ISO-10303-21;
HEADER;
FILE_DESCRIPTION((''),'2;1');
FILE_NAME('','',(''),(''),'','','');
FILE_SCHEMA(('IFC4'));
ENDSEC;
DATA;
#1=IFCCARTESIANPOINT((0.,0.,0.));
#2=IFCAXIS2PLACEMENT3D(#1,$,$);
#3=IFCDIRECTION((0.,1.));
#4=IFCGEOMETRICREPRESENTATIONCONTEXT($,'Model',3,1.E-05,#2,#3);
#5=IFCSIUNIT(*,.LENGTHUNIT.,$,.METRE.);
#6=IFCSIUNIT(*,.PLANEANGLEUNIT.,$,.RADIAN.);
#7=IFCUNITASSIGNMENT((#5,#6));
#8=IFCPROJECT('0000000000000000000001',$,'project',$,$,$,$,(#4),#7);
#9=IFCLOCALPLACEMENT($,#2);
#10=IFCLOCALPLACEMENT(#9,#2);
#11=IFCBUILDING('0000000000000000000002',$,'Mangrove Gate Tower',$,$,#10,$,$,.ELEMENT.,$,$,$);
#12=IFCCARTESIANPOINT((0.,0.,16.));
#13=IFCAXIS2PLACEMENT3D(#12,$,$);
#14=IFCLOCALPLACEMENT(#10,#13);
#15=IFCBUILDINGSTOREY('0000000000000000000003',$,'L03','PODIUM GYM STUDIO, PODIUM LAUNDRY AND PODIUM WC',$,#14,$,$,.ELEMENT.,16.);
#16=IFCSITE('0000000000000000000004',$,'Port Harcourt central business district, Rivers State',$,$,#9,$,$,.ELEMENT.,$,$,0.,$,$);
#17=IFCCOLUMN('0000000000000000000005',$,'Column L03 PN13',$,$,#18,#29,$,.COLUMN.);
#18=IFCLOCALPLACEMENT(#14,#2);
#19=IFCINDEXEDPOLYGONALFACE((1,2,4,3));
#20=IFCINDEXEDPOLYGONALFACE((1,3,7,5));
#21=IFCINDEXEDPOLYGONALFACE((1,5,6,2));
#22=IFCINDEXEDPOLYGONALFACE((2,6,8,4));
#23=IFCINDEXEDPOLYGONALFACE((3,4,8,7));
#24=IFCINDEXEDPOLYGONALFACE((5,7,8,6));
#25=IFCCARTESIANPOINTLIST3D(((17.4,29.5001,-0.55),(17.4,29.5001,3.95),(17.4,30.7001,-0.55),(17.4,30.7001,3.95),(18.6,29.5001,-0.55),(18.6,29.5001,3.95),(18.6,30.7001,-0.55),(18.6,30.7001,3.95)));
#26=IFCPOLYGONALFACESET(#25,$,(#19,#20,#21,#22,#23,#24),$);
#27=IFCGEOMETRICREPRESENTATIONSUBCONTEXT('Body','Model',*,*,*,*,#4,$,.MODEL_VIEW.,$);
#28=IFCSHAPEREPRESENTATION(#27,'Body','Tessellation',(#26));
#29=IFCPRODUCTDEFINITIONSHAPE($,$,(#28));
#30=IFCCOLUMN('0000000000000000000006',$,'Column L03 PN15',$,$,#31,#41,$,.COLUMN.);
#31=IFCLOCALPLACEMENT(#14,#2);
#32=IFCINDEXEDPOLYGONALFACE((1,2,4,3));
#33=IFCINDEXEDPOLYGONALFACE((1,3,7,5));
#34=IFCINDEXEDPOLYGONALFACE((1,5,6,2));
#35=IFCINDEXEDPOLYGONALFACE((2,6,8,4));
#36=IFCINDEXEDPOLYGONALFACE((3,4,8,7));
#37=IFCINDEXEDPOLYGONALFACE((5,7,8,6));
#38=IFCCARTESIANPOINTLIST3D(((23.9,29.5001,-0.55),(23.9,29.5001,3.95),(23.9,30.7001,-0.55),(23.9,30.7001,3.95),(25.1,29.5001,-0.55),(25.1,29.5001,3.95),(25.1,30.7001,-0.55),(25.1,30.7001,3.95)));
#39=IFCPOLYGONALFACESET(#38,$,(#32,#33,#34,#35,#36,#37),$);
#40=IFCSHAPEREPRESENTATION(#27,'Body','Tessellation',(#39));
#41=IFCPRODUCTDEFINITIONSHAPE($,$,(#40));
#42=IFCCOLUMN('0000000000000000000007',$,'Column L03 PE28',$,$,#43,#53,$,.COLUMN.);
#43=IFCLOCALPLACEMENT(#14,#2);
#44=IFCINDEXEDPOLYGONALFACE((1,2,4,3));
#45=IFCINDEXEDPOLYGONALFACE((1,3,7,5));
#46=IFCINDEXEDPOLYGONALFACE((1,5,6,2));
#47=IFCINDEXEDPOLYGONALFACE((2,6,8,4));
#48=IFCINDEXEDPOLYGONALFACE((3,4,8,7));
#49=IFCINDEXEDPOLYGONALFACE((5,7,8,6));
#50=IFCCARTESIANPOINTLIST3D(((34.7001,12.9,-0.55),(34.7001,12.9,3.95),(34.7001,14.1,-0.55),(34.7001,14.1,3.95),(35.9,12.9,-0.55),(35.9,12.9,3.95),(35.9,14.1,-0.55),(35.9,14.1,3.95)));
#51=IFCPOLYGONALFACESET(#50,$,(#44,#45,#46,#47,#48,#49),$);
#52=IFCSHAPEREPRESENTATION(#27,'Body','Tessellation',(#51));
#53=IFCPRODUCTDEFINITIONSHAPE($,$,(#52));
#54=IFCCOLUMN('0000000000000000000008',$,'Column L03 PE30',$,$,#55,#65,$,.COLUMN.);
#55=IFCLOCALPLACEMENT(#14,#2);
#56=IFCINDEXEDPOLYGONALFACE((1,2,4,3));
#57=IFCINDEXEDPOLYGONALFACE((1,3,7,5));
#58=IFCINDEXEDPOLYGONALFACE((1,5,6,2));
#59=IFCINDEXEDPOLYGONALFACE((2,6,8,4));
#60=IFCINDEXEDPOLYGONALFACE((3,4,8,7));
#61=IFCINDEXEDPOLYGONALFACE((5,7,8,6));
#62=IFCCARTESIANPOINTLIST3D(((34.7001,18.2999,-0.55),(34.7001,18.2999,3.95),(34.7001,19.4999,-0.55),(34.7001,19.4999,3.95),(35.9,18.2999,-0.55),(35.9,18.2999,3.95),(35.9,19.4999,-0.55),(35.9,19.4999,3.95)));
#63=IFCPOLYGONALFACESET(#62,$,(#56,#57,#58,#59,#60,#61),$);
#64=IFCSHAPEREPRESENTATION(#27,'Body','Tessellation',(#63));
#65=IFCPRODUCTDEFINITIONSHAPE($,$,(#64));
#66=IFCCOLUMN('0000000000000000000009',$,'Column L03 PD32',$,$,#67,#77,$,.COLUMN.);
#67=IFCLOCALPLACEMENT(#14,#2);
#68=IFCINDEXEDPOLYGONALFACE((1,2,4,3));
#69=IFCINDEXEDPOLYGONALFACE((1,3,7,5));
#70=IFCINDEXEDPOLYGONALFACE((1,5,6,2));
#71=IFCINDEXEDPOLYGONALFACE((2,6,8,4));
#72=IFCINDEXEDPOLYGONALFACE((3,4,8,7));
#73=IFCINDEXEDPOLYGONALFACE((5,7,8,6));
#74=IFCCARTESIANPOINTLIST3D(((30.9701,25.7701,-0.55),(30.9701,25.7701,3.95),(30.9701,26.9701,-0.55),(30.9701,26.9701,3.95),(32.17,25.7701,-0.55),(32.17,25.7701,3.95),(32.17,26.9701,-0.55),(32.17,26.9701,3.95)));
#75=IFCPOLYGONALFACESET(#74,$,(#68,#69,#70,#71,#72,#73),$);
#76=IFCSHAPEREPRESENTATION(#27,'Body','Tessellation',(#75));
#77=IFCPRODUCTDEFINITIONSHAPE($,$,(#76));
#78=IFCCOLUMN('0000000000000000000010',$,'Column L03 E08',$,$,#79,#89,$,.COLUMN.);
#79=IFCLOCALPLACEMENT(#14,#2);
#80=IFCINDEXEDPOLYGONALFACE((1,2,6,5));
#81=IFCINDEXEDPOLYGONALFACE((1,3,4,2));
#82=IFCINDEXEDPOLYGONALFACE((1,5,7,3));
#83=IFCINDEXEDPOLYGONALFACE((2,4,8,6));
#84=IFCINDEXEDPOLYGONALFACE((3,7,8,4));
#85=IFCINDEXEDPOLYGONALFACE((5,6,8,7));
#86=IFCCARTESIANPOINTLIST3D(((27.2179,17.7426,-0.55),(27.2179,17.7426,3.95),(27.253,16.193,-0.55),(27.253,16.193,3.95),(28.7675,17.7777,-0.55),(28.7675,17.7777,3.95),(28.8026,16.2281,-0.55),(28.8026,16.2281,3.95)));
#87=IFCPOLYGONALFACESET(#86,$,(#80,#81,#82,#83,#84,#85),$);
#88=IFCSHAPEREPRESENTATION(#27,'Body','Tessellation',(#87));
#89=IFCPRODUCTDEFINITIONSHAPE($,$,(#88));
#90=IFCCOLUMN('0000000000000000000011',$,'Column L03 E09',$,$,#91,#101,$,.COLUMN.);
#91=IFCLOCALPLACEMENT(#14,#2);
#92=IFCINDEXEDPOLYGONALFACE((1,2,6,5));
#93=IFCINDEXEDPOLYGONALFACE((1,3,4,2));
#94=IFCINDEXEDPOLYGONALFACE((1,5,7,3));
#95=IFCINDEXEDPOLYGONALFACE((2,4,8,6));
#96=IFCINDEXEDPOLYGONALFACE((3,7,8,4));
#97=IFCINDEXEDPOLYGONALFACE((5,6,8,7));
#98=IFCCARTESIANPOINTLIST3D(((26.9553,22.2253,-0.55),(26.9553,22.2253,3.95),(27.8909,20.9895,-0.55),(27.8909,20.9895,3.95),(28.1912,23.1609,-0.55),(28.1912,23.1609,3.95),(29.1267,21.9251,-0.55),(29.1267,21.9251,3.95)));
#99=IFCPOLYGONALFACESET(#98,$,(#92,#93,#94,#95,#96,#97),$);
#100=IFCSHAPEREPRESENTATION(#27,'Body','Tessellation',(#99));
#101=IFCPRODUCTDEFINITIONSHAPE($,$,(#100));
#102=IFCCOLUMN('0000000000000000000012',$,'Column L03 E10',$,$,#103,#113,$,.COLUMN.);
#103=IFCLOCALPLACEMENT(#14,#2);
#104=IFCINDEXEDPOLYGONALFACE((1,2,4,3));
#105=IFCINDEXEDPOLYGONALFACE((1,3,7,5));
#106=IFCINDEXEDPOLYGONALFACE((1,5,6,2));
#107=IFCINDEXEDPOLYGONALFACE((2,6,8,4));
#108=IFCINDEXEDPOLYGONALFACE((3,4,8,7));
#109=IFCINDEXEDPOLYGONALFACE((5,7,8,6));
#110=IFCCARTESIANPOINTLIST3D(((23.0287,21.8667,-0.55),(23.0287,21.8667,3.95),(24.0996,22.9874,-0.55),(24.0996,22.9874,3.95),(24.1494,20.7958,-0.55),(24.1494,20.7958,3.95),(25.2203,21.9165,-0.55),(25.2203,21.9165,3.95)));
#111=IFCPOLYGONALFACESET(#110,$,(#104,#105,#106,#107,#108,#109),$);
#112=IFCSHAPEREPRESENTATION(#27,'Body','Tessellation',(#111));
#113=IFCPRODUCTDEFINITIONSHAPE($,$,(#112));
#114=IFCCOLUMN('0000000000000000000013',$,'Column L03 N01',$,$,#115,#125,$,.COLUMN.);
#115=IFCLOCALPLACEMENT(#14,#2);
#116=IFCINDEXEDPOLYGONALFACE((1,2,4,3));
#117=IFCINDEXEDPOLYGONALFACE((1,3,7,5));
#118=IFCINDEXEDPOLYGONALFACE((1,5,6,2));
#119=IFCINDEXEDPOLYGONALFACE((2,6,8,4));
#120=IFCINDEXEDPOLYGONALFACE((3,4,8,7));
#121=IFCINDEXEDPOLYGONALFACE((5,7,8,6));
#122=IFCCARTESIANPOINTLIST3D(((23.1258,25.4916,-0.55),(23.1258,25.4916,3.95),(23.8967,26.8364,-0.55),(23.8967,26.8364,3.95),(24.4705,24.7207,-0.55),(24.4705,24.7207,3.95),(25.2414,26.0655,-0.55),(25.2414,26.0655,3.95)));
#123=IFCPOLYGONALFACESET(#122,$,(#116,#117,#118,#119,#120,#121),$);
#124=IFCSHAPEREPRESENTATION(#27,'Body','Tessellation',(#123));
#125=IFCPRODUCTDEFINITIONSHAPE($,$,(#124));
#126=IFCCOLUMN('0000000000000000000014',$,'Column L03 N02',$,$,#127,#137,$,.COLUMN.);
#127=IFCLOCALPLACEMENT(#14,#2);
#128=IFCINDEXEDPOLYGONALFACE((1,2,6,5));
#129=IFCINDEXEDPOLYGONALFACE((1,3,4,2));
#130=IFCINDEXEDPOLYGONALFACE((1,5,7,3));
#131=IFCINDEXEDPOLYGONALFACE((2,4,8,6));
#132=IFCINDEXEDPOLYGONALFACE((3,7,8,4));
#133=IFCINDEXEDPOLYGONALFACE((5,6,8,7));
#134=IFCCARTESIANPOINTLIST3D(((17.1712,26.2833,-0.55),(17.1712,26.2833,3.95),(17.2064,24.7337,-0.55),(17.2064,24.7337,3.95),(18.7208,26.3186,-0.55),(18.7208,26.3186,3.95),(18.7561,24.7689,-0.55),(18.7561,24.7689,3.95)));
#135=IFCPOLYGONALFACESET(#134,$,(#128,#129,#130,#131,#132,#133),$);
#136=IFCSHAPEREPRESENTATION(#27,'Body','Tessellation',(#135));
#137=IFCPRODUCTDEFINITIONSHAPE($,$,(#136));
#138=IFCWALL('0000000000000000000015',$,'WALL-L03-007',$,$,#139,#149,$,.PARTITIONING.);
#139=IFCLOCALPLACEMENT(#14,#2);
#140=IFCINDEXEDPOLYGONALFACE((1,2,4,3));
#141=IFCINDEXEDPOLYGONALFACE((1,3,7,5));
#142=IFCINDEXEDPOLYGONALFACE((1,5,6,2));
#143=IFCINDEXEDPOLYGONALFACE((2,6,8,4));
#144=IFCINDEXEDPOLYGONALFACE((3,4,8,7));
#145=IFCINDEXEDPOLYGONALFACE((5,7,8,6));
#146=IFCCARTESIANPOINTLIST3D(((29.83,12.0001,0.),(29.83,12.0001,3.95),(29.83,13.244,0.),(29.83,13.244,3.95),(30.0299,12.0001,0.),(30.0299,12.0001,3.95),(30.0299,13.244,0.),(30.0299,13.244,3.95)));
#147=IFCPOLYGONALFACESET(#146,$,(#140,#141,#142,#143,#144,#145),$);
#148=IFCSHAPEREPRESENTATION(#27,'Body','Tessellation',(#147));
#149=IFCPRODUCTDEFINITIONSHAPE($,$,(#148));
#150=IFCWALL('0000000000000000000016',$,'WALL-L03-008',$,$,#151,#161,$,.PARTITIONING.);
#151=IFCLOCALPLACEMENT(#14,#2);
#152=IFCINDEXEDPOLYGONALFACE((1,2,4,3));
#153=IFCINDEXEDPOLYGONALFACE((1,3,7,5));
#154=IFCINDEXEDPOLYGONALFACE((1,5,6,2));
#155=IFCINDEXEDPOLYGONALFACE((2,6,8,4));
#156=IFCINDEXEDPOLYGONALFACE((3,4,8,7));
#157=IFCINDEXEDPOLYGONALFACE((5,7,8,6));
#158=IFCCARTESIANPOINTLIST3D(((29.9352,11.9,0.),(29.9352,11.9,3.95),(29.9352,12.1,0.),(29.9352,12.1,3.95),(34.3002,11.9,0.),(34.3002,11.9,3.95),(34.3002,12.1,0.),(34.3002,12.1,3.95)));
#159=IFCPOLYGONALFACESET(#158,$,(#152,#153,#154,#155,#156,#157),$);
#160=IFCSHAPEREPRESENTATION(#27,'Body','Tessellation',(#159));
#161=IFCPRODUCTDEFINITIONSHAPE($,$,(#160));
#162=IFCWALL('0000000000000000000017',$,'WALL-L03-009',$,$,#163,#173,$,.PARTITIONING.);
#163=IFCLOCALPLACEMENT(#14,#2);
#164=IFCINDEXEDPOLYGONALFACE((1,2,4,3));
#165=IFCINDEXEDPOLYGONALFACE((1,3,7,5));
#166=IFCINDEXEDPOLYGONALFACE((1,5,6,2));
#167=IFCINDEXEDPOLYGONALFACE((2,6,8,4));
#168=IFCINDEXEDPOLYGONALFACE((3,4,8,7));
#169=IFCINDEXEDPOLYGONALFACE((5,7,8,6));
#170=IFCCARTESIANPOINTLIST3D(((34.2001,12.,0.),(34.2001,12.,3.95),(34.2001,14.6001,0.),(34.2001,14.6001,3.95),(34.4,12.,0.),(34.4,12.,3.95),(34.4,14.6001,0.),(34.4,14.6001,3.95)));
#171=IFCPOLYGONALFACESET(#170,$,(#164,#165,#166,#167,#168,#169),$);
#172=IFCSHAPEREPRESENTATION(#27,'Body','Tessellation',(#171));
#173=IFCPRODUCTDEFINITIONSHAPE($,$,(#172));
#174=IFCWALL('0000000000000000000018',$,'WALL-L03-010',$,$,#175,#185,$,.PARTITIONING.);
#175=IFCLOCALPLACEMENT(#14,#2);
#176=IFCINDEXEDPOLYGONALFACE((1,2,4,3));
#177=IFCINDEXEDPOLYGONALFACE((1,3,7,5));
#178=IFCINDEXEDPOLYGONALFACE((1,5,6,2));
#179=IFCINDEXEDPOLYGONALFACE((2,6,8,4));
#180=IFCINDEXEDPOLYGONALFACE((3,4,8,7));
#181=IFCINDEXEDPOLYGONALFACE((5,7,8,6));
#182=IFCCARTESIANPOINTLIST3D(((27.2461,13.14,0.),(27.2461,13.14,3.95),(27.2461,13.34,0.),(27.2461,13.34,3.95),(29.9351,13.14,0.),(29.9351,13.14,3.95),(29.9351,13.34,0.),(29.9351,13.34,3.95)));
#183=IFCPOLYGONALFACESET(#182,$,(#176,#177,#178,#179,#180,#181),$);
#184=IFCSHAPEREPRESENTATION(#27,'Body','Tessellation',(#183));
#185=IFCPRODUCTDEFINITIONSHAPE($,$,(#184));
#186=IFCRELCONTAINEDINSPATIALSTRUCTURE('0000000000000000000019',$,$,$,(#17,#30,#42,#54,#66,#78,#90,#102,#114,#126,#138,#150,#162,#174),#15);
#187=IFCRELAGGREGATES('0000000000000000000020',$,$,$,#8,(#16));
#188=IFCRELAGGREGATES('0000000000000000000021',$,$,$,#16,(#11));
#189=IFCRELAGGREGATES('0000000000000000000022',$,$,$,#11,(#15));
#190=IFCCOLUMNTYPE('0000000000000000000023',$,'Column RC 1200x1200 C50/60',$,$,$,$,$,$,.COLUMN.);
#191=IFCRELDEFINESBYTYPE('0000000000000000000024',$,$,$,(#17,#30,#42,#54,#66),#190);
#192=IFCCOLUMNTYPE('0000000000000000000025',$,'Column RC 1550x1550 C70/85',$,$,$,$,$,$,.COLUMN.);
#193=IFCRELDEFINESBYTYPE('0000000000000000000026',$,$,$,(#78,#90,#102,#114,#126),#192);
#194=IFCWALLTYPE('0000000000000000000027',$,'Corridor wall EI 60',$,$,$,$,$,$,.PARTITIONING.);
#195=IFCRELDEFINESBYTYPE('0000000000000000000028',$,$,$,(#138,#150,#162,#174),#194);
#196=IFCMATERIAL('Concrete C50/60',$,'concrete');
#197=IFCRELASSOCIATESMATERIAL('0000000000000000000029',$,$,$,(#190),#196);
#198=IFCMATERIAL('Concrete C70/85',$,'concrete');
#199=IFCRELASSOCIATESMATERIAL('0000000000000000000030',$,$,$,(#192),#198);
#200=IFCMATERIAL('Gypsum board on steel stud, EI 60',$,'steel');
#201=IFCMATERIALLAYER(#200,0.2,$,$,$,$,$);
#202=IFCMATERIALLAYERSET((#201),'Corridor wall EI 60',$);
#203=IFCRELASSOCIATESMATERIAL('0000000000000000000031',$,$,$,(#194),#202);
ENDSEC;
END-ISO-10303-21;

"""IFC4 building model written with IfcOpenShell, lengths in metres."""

from ifc_helpers import new_model, si_unit, direction, frame, frame_2d, origin, origin_2d, place, context, subcontext, project, spatial, rectangle, extrude, material, layer, layer_set, material_profile, profile_set, type_object, element, save


model = new_model("IFC4")

# Units and contexts
model_context = context("Model", 3, precision=1e-05, world=origin(), true_north=direction((0.0, 1.0)))
body_context = subcontext(model_context, "Body", "Model", "MODEL_VIEW")
ifc_project = project(units=[si_unit("LENGTHUNIT", "METRE"), si_unit("PLANEANGLEUNIT", "RADIAN")], contexts=[model_context])

# Site, building, storey
site_placement = place(None, origin())
site = spatial("IfcSite", under=ifc_project, at=site_placement, Name="Port Harcourt central business district, Rivers State", CompositionType="ELEMENT", RefElevation=0.0)
building_placement = place(site_placement, origin())
building = spatial("IfcBuilding", under=site, at=building_placement, Name="Mangrove Gate Tower", CompositionType="ELEMENT")
storey_placement = place(building_placement, frame((0.0, 0.0, 16.0)))
storey = spatial("IfcBuildingStorey", under=building, at=storey_placement, Name="L03", Description="PODIUM GYM STUDIO, PODIUM LAUNDRY AND PODIUM WC", CompositionType="ELEMENT", Elevation=16.0)

# Columns
ifc_material_1 = material(Name="Concrete C50/60", Category="concrete")
ifc_material_profile_1 = material_profile(ifc_material_1, rectangle(XDim=1.2, YDim=1.2, at=origin_2d()))
ifc_profile_set_1 = profile_set([ifc_material_profile_1], Name="Concrete C50/60")
column_type_1 = type_object("IfcColumnType", Name="Column RC 1200x1200 C50/60", PredefinedType="COLUMN", material=ifc_profile_set_1)
for number, where, z_axis, x_axis, name in (
    (1, (18.0, 30.1001, -0.55), (0.0, 0.0, 1.0), (1.0, 0.0, 0.0), "Column L03 PN13"),
    (2, (24.5, 30.1001, -0.55), (0.0, 0.0, 1.0), (1.0, 0.0, 0.0), "Column L03 PN15"),
    (3, (35.3, 13.5, -0.55), (0.0, 0.0, 1.0), (1.0, 0.0, 0.0), "Column L03 PE28"),
    (4, (35.3, 18.8999, -0.55), (0.0, 0.0, 1.0), (1.0, 0.0, 0.0), "Column L03 PE30"),
    (5, (31.5701, 26.3701, -0.55), (0.0, 0.0, 1.0), (1.0, 0.0, 0.0), "Column L03 PD32"),
):
    element("IfcColumn", number, at=place(storey_placement, frame(where, z_axis=z_axis, x_axis=x_axis)), inside=storey, type_object=column_type_1, Name=name, PredefinedType="COLUMN", context=body_context, shape_type="SweptSolid", body=[
        extrude(rectangle(XDim=1.2, YDim=1.2, at=origin_2d()), origin(), (0.0, 0.0, 1.0), 4.5),
    ])
ifc_material_2 = material(Name="Concrete C70/85", Category="concrete")
ifc_material_profile_2 = material_profile(ifc_material_2, rectangle(XDim=1.55, YDim=1.55, at=origin_2d()))
ifc_profile_set_2 = profile_set([ifc_material_profile_2], Name="Concrete C70/85")
column_type_2 = type_object("IfcColumnType", Name="Column RC 1550x1550 C70/85", PredefinedType="COLUMN", material=ifc_profile_set_2)
for number, where, z_axis, x_axis, name in (
    (6, (28.0103, 16.9854, -0.55), (0.0, 0.0, 1.0), (-0.022646, 0.999744, 0.0), "Column L03 E08"),
    (7, (28.041, 22.0752, -0.55), (0.0, 0.0, 1.0), (-0.603576, 0.797306, 0.0), "Column L03 E09"),
    (8, (24.1245, 21.8916, -0.55), (0.0, 0.0, 1.0), (-0.72301, 0.690837, 0.0), "Column L03 E10"),
    (9, (24.1836, 25.7786, -0.55), (0.0, 0.0, 1.0), (-0.867551, 0.497349, 0.0), "Column L03 N01"),
    (10, (17.9636, 25.5261, -0.55), (0.0, 0.0, 1.0), (-0.999742, -0.022718, 0.0), "Column L03 N02"),
):
    element("IfcColumn", number, at=place(storey_placement, frame(where, z_axis=z_axis, x_axis=x_axis)), inside=storey, type_object=column_type_2, Name=name, PredefinedType="COLUMN", context=body_context, shape_type="SweptSolid", body=[
        extrude(rectangle(XDim=1.55, YDim=1.55, at=origin_2d()), origin(), (0.0, 0.0, 1.0), 4.5),
    ])

# Walls
ifc_material_3 = material(Name="Gypsum board on steel stud, EI 60", Category="steel")
ifc_layer_1 = layer(ifc_material_3, 0.2)
ifc_layer_set_1 = layer_set([ifc_layer_1], Name="Corridor wall EI 60")
wall_type_1 = type_object("IfcWallType", Name="Corridor wall EI 60", PredefinedType="PARTITIONING", material=ifc_layer_set_1)
wall_1_placement = place(storey_placement, frame((29.9299, 12.0, 0.0), z_axis=(0.0, 0.0, 1.0), x_axis=(0.0, 1.0, 0.0)))
element("IfcWall", 11, at=wall_1_placement, inside=storey, type_object=wall_type_1, Name="WALL-L03-007", PredefinedType="PARTITIONING", context=body_context, shape_type="SweptSolid", body=[
    extrude(rectangle(XDim=1.2439, YDim=0.2, at=frame_2d((0.6221, 0.0))), origin(), (0.0, 0.0, 1.0), 3.95),
])
wall_2_placement = place(storey_placement, frame((29.9351, 12.0, 0.0), z_axis=(0.0, 0.0, 1.0), x_axis=(1.0, 0.0, 0.0)))
element("IfcWall", 12, at=wall_2_placement, inside=storey, type_object=wall_type_1, Name="WALL-L03-008", PredefinedType="PARTITIONING", context=body_context, shape_type="SweptSolid", body=[
    extrude(rectangle(XDim=4.365, YDim=0.2, at=frame_2d((2.1826, 0.0))), origin(), (0.0, 0.0, 1.0), 3.95),
])
wall_3_placement = place(storey_placement, frame((34.3, 12.0, 0.0), z_axis=(0.0, 0.0, 1.0), x_axis=(0.0, 1.0, 0.0)))
element("IfcWall", 13, at=wall_3_placement, inside=storey, type_object=wall_type_1, Name="WALL-L03-009", PredefinedType="PARTITIONING", context=body_context, shape_type="SweptSolid", body=[
    extrude(rectangle(XDim=2.6001, YDim=0.2, at=frame_2d((1.3, 0.0))), origin(), (0.0, 0.0, 1.0), 3.95),
])
wall_4_placement = place(storey_placement, frame((27.2461, 13.24, 0.0), z_axis=(0.0, 0.0, 1.0), x_axis=(1.0, 0.0, 0.0)))
element("IfcWall", 14, at=wall_4_placement, inside=storey, type_object=wall_type_1, Name="WALL-L03-010", PredefinedType="PARTITIONING", context=body_context, shape_type="SweptSolid", body=[
    extrude(rectangle(XDim=2.689, YDim=0.2, at=frame_2d((1.3445, 0.0))), origin(), (0.0, 0.0, 1.0), 3.95),
])

save(model, "model.ifc")
